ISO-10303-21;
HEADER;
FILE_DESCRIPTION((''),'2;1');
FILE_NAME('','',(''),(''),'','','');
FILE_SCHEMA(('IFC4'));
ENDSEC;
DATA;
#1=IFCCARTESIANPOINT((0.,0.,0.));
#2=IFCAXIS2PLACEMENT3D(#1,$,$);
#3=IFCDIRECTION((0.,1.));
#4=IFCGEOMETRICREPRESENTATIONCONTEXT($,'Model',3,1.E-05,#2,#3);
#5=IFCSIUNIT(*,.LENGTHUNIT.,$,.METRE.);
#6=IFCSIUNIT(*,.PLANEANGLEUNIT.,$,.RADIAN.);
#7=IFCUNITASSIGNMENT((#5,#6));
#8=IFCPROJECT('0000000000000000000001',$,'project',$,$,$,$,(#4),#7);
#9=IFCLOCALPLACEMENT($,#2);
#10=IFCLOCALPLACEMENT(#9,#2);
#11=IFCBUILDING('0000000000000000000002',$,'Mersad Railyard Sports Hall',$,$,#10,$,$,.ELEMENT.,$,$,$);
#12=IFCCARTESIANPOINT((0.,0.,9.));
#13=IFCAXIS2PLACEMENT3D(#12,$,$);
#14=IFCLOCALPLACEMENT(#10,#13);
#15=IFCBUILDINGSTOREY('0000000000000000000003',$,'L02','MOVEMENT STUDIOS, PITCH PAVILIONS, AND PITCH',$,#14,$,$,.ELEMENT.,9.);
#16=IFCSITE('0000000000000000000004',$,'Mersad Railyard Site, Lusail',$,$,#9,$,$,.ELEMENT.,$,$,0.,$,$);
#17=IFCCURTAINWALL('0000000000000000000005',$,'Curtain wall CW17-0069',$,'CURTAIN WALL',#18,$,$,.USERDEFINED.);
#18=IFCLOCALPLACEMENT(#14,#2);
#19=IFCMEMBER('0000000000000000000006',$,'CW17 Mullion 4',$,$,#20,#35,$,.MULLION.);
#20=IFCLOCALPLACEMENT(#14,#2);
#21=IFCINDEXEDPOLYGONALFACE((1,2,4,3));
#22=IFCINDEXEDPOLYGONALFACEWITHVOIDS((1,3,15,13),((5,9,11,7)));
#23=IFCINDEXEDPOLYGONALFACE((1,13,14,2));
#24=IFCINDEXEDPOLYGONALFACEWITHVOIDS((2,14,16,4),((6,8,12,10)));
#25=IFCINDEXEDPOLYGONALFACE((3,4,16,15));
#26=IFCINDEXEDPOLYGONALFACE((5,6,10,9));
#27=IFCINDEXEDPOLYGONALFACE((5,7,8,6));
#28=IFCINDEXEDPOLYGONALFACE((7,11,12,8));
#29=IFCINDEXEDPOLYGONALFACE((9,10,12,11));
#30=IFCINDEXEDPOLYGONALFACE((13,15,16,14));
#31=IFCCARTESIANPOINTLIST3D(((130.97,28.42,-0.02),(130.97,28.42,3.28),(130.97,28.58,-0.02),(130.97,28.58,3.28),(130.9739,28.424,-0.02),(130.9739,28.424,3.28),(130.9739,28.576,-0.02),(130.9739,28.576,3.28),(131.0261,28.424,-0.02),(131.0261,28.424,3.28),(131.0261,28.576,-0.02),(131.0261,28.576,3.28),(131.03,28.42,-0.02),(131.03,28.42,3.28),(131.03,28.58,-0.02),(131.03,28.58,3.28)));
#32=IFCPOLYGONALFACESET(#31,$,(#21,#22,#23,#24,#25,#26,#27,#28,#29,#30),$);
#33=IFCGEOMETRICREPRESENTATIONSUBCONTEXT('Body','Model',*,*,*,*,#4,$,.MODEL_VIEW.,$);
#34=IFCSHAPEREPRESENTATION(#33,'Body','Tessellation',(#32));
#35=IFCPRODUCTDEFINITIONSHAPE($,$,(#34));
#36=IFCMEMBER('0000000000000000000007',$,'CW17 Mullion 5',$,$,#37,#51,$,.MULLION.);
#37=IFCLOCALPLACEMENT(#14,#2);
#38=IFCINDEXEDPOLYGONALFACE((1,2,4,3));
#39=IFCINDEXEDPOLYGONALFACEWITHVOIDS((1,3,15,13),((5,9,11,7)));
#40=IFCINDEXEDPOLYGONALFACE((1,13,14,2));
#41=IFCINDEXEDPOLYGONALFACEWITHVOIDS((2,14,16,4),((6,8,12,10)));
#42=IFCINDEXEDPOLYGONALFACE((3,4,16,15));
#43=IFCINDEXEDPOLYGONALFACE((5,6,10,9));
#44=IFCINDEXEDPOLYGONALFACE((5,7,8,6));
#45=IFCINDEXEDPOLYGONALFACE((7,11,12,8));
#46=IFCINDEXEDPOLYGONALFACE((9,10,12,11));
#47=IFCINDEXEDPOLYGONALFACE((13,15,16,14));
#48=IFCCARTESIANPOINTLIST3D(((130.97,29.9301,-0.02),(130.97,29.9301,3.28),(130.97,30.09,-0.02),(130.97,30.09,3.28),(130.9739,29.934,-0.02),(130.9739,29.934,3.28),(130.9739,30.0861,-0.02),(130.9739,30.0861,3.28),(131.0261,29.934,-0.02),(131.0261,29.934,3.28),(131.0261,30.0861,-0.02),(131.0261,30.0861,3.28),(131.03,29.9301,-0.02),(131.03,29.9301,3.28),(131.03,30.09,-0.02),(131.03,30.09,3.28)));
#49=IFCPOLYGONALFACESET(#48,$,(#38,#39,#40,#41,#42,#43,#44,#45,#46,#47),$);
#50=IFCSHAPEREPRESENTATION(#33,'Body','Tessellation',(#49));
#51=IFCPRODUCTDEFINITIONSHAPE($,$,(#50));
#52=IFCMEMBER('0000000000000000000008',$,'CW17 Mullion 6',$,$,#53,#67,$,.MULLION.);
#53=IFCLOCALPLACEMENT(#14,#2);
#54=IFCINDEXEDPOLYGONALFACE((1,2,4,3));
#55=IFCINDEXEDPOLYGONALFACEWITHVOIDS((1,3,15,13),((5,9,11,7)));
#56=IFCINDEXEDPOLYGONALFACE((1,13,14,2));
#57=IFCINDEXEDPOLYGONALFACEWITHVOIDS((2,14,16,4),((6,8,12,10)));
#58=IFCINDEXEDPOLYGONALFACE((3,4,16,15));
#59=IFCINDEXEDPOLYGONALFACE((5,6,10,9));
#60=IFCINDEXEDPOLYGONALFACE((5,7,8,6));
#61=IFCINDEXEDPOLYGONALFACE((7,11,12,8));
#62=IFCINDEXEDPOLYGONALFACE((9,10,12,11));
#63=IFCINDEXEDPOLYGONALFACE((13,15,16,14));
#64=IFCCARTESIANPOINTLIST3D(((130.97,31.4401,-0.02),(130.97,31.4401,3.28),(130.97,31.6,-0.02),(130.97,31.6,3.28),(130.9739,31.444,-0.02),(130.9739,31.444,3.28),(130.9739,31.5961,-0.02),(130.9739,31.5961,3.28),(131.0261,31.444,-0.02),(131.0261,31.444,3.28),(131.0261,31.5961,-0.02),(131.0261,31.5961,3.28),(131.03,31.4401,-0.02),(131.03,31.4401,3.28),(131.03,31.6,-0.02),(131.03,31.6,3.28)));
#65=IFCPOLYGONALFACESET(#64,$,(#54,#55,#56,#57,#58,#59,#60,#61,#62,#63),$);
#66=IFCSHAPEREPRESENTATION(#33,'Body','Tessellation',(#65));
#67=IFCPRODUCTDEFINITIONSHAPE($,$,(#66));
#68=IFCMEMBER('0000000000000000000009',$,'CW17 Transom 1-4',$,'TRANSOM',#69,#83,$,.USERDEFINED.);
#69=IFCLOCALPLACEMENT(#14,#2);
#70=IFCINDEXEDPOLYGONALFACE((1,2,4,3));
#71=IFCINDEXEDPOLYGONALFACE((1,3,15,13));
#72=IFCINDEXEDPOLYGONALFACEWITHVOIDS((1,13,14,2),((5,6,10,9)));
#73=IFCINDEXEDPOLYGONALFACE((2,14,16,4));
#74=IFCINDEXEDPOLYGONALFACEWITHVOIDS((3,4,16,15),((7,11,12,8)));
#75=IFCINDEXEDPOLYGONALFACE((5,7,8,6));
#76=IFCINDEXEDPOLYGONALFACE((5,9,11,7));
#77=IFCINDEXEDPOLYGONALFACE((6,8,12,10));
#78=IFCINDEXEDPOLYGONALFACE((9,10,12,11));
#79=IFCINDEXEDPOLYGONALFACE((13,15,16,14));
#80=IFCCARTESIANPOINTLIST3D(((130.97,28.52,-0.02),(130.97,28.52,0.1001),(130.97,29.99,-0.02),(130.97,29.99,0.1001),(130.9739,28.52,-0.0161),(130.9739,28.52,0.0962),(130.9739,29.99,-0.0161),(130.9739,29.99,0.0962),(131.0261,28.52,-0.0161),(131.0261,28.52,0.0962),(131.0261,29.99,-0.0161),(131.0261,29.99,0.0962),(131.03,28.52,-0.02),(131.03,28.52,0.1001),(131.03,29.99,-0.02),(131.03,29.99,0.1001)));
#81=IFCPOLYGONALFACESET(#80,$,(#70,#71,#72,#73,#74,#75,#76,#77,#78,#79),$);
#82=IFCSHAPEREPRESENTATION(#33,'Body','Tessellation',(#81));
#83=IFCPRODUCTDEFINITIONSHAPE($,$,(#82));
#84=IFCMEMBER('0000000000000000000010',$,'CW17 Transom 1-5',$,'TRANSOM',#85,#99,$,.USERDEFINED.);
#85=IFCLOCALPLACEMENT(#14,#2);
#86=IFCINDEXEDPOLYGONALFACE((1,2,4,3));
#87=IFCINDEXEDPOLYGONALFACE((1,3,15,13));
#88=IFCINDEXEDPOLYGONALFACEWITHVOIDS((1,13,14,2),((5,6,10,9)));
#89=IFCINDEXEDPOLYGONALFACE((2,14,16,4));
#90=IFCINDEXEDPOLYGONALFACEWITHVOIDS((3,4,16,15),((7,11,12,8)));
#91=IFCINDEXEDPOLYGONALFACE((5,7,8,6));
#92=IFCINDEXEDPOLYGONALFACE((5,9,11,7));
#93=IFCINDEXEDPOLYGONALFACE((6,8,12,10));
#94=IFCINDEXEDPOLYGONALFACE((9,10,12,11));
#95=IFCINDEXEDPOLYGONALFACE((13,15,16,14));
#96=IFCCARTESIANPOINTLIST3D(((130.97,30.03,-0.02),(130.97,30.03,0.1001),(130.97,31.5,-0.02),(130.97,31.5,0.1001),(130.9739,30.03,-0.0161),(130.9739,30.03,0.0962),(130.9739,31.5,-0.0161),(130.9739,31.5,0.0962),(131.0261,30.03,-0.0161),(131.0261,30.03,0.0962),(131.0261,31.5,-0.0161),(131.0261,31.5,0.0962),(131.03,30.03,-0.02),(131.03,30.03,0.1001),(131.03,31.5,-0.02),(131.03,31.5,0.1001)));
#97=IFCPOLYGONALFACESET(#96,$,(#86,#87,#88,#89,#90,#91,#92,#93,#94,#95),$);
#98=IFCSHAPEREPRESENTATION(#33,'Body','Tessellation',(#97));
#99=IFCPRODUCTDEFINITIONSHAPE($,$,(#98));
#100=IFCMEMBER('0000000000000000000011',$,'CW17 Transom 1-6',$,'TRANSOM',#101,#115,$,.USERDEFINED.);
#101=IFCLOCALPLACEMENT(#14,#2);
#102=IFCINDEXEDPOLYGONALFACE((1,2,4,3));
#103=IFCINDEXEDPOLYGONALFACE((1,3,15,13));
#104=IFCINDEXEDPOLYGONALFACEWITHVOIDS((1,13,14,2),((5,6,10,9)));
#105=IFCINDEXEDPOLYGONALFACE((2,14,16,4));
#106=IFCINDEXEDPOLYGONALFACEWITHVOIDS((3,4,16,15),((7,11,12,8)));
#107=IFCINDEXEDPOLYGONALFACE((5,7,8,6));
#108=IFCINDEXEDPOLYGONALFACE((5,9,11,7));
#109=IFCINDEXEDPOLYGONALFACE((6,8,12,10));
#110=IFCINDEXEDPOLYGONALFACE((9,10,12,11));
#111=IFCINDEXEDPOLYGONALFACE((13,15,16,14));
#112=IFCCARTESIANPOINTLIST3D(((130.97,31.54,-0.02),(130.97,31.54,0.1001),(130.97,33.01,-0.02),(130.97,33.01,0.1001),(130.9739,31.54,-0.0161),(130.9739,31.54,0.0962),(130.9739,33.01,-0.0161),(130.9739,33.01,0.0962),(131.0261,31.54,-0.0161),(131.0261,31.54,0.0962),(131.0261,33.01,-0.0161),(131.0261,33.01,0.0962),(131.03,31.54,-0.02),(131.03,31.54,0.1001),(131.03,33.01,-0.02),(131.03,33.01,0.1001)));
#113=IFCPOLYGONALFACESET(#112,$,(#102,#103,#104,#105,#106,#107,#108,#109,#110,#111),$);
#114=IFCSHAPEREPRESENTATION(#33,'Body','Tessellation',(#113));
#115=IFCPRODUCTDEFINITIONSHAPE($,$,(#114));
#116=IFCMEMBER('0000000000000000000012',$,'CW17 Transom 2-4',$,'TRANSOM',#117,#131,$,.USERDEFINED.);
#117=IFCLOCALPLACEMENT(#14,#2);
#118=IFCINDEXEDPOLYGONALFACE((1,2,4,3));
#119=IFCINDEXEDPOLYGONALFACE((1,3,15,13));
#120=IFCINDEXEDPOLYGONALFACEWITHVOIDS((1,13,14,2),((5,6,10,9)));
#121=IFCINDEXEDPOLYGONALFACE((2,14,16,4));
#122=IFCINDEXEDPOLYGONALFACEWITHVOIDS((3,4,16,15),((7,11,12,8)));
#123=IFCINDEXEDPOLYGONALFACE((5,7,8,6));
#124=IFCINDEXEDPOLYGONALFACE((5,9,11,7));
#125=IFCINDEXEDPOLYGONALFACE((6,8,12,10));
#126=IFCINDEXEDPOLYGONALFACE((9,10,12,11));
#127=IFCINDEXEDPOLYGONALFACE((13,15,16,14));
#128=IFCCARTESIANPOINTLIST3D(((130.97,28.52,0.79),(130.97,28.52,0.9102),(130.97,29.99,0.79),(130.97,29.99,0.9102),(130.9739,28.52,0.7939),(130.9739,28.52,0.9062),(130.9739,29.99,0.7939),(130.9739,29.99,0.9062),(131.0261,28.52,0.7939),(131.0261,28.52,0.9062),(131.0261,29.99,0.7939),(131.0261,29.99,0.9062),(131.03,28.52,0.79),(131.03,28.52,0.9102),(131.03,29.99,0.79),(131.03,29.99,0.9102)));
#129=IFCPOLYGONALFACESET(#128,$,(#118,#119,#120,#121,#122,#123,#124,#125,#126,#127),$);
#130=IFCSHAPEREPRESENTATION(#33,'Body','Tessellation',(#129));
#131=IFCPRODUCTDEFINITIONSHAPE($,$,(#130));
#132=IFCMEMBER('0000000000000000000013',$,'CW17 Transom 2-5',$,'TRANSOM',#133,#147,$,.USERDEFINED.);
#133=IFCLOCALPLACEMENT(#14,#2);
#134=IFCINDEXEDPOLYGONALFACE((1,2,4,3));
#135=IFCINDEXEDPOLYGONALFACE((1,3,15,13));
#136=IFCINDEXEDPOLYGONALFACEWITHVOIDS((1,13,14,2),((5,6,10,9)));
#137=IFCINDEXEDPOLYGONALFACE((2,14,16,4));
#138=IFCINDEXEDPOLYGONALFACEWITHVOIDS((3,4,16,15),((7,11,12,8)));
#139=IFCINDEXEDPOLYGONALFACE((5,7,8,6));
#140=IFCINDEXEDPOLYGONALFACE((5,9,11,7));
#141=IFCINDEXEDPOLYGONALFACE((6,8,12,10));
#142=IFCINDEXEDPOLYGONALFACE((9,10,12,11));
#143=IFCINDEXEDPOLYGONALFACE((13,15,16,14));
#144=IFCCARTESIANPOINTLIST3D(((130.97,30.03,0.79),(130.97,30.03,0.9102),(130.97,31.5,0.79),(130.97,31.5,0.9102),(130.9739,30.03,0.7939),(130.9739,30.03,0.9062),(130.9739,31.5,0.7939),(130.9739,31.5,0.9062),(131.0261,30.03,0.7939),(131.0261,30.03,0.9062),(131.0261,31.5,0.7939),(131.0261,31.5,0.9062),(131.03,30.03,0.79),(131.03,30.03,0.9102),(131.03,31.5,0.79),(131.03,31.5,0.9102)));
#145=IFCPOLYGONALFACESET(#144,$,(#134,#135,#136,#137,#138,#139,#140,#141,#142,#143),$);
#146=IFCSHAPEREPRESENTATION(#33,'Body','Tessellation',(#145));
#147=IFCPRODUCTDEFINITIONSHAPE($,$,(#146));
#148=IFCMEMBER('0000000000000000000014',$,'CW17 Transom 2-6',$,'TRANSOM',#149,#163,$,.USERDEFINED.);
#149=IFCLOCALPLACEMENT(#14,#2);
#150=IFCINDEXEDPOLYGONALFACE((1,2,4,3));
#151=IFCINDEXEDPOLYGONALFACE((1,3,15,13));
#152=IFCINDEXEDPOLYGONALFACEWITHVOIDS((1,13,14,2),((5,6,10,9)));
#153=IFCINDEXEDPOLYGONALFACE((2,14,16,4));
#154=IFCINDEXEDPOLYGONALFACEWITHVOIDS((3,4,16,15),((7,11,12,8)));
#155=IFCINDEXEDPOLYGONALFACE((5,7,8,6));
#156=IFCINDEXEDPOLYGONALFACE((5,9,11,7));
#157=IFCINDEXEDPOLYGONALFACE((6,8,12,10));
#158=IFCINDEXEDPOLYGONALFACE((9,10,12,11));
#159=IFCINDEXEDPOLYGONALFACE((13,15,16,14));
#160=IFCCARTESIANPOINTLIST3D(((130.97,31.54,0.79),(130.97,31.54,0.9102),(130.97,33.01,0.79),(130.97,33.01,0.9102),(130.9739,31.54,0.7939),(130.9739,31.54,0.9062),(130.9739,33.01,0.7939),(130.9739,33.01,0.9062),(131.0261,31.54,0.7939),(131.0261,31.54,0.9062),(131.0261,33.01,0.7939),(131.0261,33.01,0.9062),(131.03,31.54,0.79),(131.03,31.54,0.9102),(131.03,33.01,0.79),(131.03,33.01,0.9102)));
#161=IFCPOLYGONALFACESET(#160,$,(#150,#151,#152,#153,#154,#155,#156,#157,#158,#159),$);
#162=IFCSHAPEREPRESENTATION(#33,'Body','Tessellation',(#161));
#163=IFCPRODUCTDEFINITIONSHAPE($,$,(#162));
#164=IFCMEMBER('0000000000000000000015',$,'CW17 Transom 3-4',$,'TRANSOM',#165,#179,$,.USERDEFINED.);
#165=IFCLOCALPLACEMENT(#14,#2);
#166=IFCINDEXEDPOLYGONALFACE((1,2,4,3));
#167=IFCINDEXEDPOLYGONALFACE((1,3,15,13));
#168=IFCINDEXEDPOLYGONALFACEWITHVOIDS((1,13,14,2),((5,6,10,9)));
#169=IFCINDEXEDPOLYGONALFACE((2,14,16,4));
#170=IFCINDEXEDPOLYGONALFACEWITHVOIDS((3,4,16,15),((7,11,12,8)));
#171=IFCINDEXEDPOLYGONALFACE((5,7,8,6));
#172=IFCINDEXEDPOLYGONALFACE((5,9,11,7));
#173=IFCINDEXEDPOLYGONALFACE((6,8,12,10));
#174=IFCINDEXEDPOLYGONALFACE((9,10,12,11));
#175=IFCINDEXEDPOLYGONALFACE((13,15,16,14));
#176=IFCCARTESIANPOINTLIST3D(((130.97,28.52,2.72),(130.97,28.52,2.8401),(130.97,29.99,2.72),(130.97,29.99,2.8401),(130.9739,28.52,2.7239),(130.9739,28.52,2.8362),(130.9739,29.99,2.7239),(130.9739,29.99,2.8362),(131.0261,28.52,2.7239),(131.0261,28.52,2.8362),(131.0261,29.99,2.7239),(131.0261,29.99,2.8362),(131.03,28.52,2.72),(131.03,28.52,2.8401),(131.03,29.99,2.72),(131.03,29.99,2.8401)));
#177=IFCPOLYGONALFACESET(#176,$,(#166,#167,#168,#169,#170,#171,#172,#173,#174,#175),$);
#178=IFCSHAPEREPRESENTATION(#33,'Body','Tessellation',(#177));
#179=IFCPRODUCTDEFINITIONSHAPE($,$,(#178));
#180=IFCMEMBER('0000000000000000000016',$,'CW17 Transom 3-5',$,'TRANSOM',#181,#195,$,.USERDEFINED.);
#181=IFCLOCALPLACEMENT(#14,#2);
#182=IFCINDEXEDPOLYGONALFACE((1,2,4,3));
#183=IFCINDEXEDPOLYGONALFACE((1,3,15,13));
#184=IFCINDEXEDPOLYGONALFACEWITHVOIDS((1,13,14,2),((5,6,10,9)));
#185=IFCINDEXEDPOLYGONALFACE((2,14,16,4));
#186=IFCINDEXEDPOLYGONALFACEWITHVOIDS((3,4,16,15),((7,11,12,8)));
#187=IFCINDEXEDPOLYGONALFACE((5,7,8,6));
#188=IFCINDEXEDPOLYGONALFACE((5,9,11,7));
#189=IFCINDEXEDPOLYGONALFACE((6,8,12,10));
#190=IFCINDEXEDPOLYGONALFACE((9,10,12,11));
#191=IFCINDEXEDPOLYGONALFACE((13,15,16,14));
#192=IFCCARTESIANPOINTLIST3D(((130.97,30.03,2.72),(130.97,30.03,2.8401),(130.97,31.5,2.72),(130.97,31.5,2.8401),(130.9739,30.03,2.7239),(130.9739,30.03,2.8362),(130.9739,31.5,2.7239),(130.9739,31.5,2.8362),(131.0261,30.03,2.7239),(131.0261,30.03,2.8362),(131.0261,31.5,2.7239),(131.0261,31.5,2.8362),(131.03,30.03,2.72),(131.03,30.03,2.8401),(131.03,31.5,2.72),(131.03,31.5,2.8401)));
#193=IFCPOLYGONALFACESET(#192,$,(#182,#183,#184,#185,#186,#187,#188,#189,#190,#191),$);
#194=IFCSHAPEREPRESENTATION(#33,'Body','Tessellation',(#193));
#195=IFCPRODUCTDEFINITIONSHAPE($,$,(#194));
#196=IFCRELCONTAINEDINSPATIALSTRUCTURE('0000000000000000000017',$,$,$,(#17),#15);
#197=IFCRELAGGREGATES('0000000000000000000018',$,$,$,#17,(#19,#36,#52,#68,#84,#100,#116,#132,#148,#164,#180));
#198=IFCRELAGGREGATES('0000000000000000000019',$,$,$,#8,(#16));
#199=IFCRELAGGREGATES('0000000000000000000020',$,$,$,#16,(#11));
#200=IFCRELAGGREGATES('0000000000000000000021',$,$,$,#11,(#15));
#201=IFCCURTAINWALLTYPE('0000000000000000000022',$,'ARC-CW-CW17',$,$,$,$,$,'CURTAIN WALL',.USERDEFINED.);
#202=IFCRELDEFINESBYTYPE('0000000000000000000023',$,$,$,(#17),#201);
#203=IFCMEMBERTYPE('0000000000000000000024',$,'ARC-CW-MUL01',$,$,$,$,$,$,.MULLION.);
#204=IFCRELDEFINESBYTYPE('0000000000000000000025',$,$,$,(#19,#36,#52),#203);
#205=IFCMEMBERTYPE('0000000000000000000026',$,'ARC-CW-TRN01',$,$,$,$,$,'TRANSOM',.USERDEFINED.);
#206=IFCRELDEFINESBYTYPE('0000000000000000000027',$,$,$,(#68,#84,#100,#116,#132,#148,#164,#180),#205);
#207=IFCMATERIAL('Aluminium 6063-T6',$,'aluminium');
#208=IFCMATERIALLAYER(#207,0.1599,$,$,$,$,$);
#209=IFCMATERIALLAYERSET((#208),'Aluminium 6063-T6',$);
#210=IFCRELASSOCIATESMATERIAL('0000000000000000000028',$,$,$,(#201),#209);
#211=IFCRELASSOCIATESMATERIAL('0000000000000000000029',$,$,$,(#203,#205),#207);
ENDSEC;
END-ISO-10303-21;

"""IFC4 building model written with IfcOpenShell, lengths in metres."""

from ifc_helpers import new_model, si_unit, direction, frame, origin, origin_2d, place, context, subcontext, project, spatial, hollow_rectangle, extrude, material, layer, layer_set, material_profile, profile_set, type_object, element, aggregate, save


model = new_model("IFC4")

# Units and contexts
model_context = context("Model", 3, precision=1e-05, world=origin(), true_north=direction((0.0, 1.0)))
body_context = subcontext(model_context, "Body", "Model", "MODEL_VIEW")
ifc_project = project(units=[si_unit("LENGTHUNIT", "METRE"), si_unit("PLANEANGLEUNIT", "RADIAN")], contexts=[model_context])

# Site, building, storey
site_placement = place(None, origin())
site = spatial("IfcSite", under=ifc_project, at=site_placement, Name="Mersad Railyard Site, Lusail", CompositionType="ELEMENT", RefElevation=0.0)
building_placement = place(site_placement, origin())
building = spatial("IfcBuilding", under=site, at=building_placement, Name="Mersad Railyard Sports Hall", CompositionType="ELEMENT")
storey_placement = place(building_placement, frame((0.0, 0.0, 9.0)))
storey = spatial("IfcBuildingStorey", under=building, at=storey_placement, Name="L02", Description="MOVEMENT STUDIOS, PITCH PAVILIONS, AND PITCH", CompositionType="ELEMENT", Elevation=9.0)

# Curtain wall, members
ifc_material_1 = material(Name="Aluminium 6063-T6", Category="aluminium")
ifc_layer_1 = layer(ifc_material_1, 0.1599)
ifc_layer_set_1 = layer_set([ifc_layer_1], Name="Aluminium 6063-T6")
curtain_wall_type = type_object("IfcCurtainWallType", Name="ARC-CW-CW17", ElementType="CURTAIN WALL", PredefinedType="USERDEFINED", material=ifc_layer_set_1)
curtain_wall_placement = place(storey_placement, origin())
curtain_wall = element("IfcCurtainWall", 1, at=curtain_wall_placement, inside=storey, type_object=curtain_wall_type, Name="Curtain wall CW17-0069", ObjectType="CURTAIN WALL", PredefinedType="USERDEFINED")
ifc_material_profile_1 = material_profile(ifc_material_1, hollow_rectangle(XDim=0.0601, YDim=0.1599, WallThickness=0.0039, at=origin_2d()), Name="AL MULLION 60x160x4")
ifc_profile_set_1 = profile_set([ifc_material_profile_1], Name="Aluminium 6063-T6")
member_type_1 = type_object("IfcMemberType", Name="ARC-CW-MUL01", PredefinedType="MULLION", material=ifc_profile_set_1)
member_1_placement = place(storey_placement, frame((131.0, 28.5, -0.02), z_axis=(0.0, 0.0, 1.0), x_axis=(1.0, 0.0, 0.0)))
member_1 = element("IfcMember", 2, at=member_1_placement, type_object=member_type_1, Name="CW17 Mullion 4", PredefinedType="MULLION", context=body_context, shape_type="SweptSolid", body=[
    extrude(hollow_rectangle(XDim=0.0601, YDim=0.1599, WallThickness=0.0039, at=origin_2d()), origin(), (0.0, 0.0, 1.0), 3.3),
])
member_2_placement = place(storey_placement, frame((131.0, 30.01, -0.02), z_axis=(0.0, 0.0, 1.0), x_axis=(1.0, 0.0, 0.0)))
member_2 = element("IfcMember", 3, at=member_2_placement, type_object=member_type_1, Name="CW17 Mullion 5", PredefinedType="MULLION", context=body_context, shape_type="SweptSolid", body=[
    extrude(hollow_rectangle(XDim=0.0601, YDim=0.1599, WallThickness=0.0039, at=origin_2d()), origin(), (0.0, 0.0, 1.0), 3.3),
])
member_3_placement = place(storey_placement, frame((131.0, 31.52, -0.02), z_axis=(0.0, 0.0, 1.0), x_axis=(1.0, 0.0, 0.0)))
member_3 = element("IfcMember", 4, at=member_3_placement, type_object=member_type_1, Name="CW17 Mullion 6", PredefinedType="MULLION", context=body_context, shape_type="SweptSolid", body=[
    extrude(hollow_rectangle(XDim=0.0601, YDim=0.1599, WallThickness=0.0039, at=origin_2d()), origin(), (0.0, 0.0, 1.0), 3.3),
])
ifc_material_profile_2 = material_profile(ifc_material_1, hollow_rectangle(XDim=0.0601, YDim=0.1201, WallThickness=0.0039, at=origin_2d()), Name="AL TRANSOM 60x120x4")
ifc_profile_set_2 = profile_set([ifc_material_profile_2], Name="Aluminium 6063-T6")
member_type_2 = type_object("IfcMemberType", Name="ARC-CW-TRN01", ElementType="TRANSOM", PredefinedType="USERDEFINED", material=ifc_profile_set_2)
member_4_placement = place(storey_placement, frame((131.0, 28.52, 0.04), z_axis=(0.0, 1.0, 0.0), x_axis=(-1.0, 0.0, 0.0)))
member_4 = element("IfcMember", 5, at=member_4_placement, type_object=member_type_2, Name="CW17 Transom 1-4", ObjectType="TRANSOM", PredefinedType="USERDEFINED", context=body_context, shape_type="SweptSolid", body=[
    extrude(hollow_rectangle(XDim=0.0601, YDim=0.1201, WallThickness=0.0039, at=origin_2d()), origin(), (0.0, 0.0, 1.0), 1.47),
])
member_5_placement = place(storey_placement, frame((131.0, 30.03, 0.04), z_axis=(0.0, 1.0, 0.0), x_axis=(-1.0, 0.0, 0.0)))
member_5 = element("IfcMember", 6, at=member_5_placement, type_object=member_type_2, Name="CW17 Transom 1-5", ObjectType="TRANSOM", PredefinedType="USERDEFINED", context=body_context, shape_type="SweptSolid", body=[
    extrude(hollow_rectangle(XDim=0.0601, YDim=0.1201, WallThickness=0.0039, at=origin_2d()), origin(), (0.0, 0.0, 1.0), 1.47),
])
member_6_placement = place(storey_placement, frame((131.0, 31.54, 0.04), z_axis=(0.0, 1.0, 0.0), x_axis=(-1.0, 0.0, 0.0)))
member_6 = element("IfcMember", 7, at=member_6_placement, type_object=member_type_2, Name="CW17 Transom 1-6", ObjectType="TRANSOM", PredefinedType="USERDEFINED", context=body_context, shape_type="SweptSolid", body=[
    extrude(hollow_rectangle(XDim=0.0601, YDim=0.1201, WallThickness=0.0039, at=origin_2d()), origin(), (0.0, 0.0, 1.0), 1.47),
])
member_7_placement = place(storey_placement, frame((131.0, 28.52, 0.8501), z_axis=(0.0, 1.0, 0.0), x_axis=(-1.0, 0.0, 0.0)))
member_7 = element("IfcMember", 8, at=member_7_placement, type_object=member_type_2, Name="CW17 Transom 2-4", ObjectType="TRANSOM", PredefinedType="USERDEFINED", context=body_context, shape_type="SweptSolid", body=[
    extrude(hollow_rectangle(XDim=0.0601, YDim=0.1201, WallThickness=0.0039, at=origin_2d()), origin(), (0.0, 0.0, 1.0), 1.47),
])
member_8_placement = place(storey_placement, frame((131.0, 30.03, 0.8501), z_axis=(0.0, 1.0, 0.0), x_axis=(-1.0, 0.0, 0.0)))
member_8 = element("IfcMember", 9, at=member_8_placement, type_object=member_type_2, Name="CW17 Transom 2-5", ObjectType="TRANSOM", PredefinedType="USERDEFINED", context=body_context, shape_type="SweptSolid", body=[
    extrude(hollow_rectangle(XDim=0.0601, YDim=0.1201, WallThickness=0.0039, at=origin_2d()), origin(), (0.0, 0.0, 1.0), 1.47),
])
member_9_placement = place(storey_placement, frame((131.0, 31.54, 0.8501), z_axis=(0.0, 1.0, 0.0), x_axis=(-1.0, 0.0, 0.0)))
member_9 = element("IfcMember", 10, at=member_9_placement, type_object=member_type_2, Name="CW17 Transom 2-6", ObjectType="TRANSOM", PredefinedType="USERDEFINED", context=body_context, shape_type="SweptSolid", body=[
    extrude(hollow_rectangle(XDim=0.0601, YDim=0.1201, WallThickness=0.0039, at=origin_2d()), origin(), (0.0, 0.0, 1.0), 1.47),
])
member_10_placement = place(storey_placement, frame((131.0, 28.52, 2.78), z_axis=(0.0, 1.0, 0.0), x_axis=(-1.0, 0.0, 0.0)))
member_10 = element("IfcMember", 11, at=member_10_placement, type_object=member_type_2, Name="CW17 Transom 3-4", ObjectType="TRANSOM", PredefinedType="USERDEFINED", context=body_context, shape_type="SweptSolid", body=[
    extrude(hollow_rectangle(XDim=0.0601, YDim=0.1201, WallThickness=0.0039, at=origin_2d()), origin(), (0.0, 0.0, 1.0), 1.47),
])
member_11_placement = place(storey_placement, frame((131.0, 30.03, 2.78), z_axis=(0.0, 1.0, 0.0), x_axis=(-1.0, 0.0, 0.0)))
member_11 = element("IfcMember", 12, at=member_11_placement, type_object=member_type_2, Name="CW17 Transom 3-5", ObjectType="TRANSOM", PredefinedType="USERDEFINED", context=body_context, shape_type="SweptSolid", body=[
    extrude(hollow_rectangle(XDim=0.0601, YDim=0.1201, WallThickness=0.0039, at=origin_2d()), origin(), (0.0, 0.0, 1.0), 1.47),
])
aggregate(curtain_wall, [member_1, member_2, member_3, member_4, member_5, member_6, member_7, member_8, member_9, member_10, member_11])

save(model, "model.ifc")
